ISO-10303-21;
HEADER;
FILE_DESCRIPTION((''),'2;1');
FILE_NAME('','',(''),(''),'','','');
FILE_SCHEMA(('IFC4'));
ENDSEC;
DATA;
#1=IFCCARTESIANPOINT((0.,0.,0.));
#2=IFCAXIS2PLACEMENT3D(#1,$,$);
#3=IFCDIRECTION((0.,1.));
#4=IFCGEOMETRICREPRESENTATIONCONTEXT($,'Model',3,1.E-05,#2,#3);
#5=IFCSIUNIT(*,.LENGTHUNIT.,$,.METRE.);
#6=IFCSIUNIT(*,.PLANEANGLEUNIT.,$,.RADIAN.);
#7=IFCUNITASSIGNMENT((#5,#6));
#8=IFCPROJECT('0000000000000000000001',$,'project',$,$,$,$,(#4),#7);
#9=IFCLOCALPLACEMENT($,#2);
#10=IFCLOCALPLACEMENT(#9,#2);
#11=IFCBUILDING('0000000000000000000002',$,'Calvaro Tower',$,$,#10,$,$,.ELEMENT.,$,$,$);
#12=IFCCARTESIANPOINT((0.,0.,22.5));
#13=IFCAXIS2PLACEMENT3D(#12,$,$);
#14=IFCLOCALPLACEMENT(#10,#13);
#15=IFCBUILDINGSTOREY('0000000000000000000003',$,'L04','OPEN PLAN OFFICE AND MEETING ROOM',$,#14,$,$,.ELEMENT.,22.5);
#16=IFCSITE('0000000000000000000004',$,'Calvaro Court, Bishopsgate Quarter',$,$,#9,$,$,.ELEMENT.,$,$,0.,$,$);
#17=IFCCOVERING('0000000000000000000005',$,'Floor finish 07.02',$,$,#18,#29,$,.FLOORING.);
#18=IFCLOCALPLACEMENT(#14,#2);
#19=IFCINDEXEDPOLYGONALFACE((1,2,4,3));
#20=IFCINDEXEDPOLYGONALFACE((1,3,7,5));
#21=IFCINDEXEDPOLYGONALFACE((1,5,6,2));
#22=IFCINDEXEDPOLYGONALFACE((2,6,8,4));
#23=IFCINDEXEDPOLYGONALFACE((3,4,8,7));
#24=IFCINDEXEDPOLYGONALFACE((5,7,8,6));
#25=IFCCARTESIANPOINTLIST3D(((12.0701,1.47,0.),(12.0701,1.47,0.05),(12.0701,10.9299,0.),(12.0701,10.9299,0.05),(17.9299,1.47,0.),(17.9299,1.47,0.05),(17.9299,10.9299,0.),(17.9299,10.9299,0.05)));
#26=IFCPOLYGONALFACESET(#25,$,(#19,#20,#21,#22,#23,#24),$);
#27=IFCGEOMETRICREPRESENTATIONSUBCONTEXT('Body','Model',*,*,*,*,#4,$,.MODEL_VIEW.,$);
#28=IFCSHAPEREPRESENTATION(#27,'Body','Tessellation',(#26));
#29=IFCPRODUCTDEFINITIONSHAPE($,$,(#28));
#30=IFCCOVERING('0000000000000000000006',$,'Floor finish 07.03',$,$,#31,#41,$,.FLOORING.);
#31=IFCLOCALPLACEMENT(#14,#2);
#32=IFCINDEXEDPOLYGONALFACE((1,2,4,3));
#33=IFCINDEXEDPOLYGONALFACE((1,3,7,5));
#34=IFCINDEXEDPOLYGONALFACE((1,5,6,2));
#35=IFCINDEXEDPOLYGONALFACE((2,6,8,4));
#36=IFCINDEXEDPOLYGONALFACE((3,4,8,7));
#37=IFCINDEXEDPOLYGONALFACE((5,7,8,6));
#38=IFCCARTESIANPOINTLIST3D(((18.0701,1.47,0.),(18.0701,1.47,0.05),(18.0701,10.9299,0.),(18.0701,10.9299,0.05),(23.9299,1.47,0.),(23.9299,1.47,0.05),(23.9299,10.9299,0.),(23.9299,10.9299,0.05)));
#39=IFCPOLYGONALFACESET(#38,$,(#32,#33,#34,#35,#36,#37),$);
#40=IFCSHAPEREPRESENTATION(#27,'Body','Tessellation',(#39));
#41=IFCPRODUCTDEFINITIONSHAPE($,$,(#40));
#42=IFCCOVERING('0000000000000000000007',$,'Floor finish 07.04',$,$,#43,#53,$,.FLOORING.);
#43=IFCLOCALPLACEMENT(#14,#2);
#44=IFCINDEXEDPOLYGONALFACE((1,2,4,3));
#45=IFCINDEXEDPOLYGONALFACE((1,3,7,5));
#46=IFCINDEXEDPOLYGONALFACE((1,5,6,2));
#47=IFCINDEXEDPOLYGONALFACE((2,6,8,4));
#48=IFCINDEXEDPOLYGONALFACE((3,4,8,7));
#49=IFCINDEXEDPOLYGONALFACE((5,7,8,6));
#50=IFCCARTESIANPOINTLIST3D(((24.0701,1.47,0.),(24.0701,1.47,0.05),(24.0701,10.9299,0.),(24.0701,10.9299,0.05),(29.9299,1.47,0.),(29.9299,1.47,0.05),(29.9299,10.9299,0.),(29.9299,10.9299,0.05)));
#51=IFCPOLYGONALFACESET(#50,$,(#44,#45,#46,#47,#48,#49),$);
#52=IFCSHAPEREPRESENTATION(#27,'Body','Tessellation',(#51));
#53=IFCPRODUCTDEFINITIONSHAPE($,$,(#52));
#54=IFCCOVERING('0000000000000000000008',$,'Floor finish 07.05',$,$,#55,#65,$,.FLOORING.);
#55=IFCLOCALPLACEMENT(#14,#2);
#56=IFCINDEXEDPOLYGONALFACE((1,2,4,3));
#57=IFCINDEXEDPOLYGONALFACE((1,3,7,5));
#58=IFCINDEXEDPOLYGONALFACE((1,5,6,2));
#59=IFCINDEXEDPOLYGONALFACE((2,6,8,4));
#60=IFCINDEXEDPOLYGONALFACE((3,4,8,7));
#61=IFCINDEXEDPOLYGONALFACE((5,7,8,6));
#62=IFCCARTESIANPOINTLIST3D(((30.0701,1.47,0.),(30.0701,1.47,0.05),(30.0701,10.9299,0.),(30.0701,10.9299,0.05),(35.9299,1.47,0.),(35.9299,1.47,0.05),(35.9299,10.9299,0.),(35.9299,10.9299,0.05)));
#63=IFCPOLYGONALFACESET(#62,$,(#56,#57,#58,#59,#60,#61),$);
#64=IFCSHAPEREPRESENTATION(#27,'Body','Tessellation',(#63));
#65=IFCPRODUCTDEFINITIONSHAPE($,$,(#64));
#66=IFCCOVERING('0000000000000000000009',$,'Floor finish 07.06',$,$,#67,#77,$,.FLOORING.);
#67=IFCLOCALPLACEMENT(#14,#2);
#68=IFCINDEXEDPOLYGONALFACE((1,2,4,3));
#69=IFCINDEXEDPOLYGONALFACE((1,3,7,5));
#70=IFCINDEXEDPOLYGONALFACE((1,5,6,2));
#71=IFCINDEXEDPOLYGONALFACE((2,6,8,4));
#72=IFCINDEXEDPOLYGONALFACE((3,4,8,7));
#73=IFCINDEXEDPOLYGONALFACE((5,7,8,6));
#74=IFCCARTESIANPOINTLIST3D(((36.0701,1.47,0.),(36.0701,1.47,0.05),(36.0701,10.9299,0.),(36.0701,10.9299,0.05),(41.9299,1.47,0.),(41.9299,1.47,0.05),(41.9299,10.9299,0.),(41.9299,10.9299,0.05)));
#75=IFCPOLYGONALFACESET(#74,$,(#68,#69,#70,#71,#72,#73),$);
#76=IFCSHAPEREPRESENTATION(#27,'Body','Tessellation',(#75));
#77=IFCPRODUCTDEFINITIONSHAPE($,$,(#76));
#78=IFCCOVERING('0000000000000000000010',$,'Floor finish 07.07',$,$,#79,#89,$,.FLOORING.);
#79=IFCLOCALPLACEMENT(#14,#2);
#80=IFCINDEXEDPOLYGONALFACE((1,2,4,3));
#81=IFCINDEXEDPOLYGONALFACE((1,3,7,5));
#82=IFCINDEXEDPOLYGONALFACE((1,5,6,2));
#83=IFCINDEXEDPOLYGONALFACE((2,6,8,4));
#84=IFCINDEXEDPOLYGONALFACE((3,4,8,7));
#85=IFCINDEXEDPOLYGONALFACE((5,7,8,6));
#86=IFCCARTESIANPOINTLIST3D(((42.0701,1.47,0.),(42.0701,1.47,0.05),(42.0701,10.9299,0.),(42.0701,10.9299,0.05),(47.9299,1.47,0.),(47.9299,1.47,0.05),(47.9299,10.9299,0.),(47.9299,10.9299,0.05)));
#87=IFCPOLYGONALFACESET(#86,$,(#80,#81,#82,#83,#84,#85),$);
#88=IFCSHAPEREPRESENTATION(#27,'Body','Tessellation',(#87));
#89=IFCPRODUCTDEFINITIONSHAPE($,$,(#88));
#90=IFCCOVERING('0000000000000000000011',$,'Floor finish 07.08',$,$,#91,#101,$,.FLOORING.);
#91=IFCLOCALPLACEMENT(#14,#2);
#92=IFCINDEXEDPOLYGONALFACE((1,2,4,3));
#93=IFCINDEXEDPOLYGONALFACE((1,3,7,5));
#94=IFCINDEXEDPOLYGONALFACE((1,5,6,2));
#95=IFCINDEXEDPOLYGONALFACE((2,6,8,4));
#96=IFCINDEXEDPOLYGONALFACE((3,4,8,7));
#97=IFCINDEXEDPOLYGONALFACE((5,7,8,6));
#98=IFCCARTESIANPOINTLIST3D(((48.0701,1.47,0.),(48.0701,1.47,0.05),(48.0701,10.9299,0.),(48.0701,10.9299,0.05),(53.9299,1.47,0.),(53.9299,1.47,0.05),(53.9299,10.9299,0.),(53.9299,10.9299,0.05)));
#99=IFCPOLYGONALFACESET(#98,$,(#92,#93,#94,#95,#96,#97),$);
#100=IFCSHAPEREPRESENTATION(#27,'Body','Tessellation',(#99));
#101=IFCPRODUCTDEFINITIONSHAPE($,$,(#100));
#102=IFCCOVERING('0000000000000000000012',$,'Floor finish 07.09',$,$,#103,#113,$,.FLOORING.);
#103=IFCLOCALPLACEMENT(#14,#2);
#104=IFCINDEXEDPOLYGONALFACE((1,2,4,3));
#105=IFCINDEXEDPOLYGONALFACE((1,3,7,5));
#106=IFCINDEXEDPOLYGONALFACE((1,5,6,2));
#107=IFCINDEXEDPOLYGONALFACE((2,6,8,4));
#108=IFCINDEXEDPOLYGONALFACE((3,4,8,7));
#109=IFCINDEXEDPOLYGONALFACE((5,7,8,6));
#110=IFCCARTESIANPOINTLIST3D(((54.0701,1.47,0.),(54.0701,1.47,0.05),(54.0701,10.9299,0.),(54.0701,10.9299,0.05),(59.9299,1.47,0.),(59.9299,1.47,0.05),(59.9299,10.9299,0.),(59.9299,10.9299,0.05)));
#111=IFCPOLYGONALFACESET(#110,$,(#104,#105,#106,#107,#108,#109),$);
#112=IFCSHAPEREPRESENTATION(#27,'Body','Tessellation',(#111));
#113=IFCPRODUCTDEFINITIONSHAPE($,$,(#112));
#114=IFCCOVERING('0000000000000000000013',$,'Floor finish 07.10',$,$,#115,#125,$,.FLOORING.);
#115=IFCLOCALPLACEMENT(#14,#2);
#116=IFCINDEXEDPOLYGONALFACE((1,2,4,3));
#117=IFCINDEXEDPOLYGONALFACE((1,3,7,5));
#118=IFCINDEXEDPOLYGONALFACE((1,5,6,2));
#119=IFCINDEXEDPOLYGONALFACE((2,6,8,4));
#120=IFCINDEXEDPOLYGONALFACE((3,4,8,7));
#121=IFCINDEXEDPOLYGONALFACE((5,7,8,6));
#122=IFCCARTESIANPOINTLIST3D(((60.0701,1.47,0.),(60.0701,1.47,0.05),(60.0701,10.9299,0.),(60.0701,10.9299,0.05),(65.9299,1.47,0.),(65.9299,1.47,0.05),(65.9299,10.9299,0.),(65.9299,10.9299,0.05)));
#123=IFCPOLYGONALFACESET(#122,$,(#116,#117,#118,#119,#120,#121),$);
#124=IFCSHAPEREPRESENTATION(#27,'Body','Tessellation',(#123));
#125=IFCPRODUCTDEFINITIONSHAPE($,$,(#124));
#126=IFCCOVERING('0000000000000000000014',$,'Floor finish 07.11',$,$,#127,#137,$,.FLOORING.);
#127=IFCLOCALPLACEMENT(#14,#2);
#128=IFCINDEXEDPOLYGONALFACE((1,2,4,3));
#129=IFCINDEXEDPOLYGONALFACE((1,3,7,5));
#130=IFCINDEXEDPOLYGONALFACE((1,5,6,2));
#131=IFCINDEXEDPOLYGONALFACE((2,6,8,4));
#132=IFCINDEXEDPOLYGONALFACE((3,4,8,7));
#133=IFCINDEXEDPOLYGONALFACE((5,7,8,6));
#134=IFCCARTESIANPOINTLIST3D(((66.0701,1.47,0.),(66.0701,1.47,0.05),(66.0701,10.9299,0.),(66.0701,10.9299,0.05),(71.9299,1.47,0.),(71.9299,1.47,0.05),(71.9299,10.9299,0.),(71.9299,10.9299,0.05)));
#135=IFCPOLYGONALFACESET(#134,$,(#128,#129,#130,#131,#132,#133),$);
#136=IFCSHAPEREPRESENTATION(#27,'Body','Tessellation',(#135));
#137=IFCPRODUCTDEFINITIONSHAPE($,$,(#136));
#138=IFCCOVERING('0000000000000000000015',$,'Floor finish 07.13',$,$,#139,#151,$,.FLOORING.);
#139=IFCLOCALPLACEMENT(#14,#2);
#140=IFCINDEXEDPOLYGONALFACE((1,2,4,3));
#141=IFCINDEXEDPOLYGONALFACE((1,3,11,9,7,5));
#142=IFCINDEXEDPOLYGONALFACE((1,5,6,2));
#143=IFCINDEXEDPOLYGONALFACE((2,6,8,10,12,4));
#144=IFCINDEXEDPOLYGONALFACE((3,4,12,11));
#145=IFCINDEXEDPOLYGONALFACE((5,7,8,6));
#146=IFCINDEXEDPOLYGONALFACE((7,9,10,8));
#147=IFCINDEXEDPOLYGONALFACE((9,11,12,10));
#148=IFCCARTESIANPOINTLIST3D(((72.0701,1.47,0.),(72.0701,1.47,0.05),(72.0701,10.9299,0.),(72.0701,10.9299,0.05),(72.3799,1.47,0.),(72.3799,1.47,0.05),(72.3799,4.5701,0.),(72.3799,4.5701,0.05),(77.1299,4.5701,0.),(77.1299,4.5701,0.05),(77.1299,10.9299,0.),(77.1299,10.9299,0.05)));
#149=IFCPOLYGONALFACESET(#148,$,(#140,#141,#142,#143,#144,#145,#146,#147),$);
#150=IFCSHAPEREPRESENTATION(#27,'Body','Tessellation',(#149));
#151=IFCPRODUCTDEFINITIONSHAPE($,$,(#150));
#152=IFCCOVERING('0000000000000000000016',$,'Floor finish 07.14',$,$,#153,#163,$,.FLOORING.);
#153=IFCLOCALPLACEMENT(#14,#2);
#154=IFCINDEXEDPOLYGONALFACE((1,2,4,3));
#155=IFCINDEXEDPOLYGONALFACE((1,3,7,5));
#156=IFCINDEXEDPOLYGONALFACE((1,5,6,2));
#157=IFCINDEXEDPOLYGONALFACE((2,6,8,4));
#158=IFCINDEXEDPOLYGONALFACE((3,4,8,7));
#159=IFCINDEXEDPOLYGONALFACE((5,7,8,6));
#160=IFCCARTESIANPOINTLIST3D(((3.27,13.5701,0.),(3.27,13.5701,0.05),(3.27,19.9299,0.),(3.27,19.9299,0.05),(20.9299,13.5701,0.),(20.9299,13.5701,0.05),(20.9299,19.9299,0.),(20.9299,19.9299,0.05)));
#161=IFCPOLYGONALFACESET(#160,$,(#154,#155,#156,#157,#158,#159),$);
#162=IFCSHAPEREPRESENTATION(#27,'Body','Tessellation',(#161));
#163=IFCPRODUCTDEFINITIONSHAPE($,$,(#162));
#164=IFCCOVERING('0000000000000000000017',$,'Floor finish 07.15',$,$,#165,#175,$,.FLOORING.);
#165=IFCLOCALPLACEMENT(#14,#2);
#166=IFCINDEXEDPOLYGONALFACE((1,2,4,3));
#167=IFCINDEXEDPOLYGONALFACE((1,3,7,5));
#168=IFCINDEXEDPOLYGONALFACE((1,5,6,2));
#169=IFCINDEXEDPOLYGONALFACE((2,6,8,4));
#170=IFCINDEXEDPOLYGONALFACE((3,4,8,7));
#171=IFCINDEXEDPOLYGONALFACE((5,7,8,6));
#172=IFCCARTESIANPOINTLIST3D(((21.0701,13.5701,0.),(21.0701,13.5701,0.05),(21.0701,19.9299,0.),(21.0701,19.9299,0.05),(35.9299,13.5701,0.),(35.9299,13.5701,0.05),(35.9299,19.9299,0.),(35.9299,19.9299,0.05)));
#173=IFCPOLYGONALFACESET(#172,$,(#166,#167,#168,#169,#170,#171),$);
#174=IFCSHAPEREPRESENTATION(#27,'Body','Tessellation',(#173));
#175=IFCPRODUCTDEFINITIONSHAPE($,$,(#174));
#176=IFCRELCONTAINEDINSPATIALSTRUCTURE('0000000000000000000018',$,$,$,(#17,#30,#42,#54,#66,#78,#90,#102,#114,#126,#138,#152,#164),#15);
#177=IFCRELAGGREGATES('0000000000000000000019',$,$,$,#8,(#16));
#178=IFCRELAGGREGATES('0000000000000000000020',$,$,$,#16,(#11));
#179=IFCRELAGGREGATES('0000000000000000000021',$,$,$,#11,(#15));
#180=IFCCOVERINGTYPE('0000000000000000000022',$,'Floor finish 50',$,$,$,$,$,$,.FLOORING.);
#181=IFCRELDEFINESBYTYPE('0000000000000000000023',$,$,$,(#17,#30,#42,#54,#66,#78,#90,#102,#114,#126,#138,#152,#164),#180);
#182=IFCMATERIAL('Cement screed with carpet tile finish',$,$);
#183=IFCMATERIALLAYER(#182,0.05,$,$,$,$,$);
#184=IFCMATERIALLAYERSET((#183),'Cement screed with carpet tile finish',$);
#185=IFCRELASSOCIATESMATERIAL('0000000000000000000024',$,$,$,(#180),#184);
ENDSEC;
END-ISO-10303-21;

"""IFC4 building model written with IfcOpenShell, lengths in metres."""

from ifc_helpers import new_model, si_unit, direction, frame, origin, place, context, subcontext, project, spatial, polyline, outline, extrude, material, layer, layer_set, type_object, element, save


model = new_model("IFC4")

# Units and contexts
model_context = context("Model", 3, precision=1e-05, world=origin(), true_north=direction((0.0, 1.0)))
body_context = subcontext(model_context, "Body", "Model", "MODEL_VIEW")
ifc_project = project(units=[si_unit("LENGTHUNIT", "METRE"), si_unit("PLANEANGLEUNIT", "RADIAN")], contexts=[model_context])

# Site, building, storey
site_placement = place(None, origin())
site = spatial("IfcSite", under=ifc_project, at=site_placement, Name="Calvaro Court, Bishopsgate Quarter", CompositionType="ELEMENT", RefElevation=0.0)
building_placement = place(site_placement, origin())
building = spatial("IfcBuilding", under=site, at=building_placement, Name="Calvaro Tower", CompositionType="ELEMENT")
storey_placement = place(building_placement, frame((0.0, 0.0, 22.5)))
storey = spatial("IfcBuildingStorey", under=building, at=storey_placement, Name="L04", Description="OPEN PLAN OFFICE AND MEETING ROOM", CompositionType="ELEMENT", Elevation=22.5)

# Coverings
ifc_material_1 = material(Name="Cement screed with carpet tile finish")
ifc_layer_1 = layer(ifc_material_1, 0.05)
ifc_layer_set_1 = layer_set([ifc_layer_1], Name="Cement screed with carpet tile finish")
covering_type = type_object("IfcCoveringType", Name="Floor finish 50", PredefinedType="FLOORING", material=ifc_layer_set_1)
covering_1_placement = place(storey_placement, origin())
element("IfcCovering", 1, at=covering_1_placement, inside=storey, type_object=covering_type, Name="Floor finish 07.02", PredefinedType="FLOORING", context=body_context, shape_type="SweptSolid", body=[
    extrude(outline(polyline([(12.0701, 10.9299), (17.9299, 10.9299), (17.9299, 1.47), (12.0701, 1.47), (12.0701, 10.9299)])), origin(), (0.0, 0.0, 1.0), 0.05),
])
covering_2_placement = place(storey_placement, origin())
element("IfcCovering", 2, at=covering_2_placement, inside=storey, type_object=covering_type, Name="Floor finish 07.03", PredefinedType="FLOORING", context=body_context, shape_type="SweptSolid", body=[
    extrude(outline(polyline([(18.0701, 10.9299), (23.9299, 10.9299), (23.9299, 1.47), (18.0701, 1.47), (18.0701, 10.9299)])), origin(), (0.0, 0.0, 1.0), 0.05),
])
covering_3_placement = place(storey_placement, origin())
element("IfcCovering", 3, at=covering_3_placement, inside=storey, type_object=covering_type, Name="Floor finish 07.04", PredefinedType="FLOORING", context=body_context, shape_type="SweptSolid", body=[
    extrude(outline(polyline([(24.0701, 10.9299), (29.9299, 10.9299), (29.9299, 1.47), (24.0701, 1.47), (24.0701, 10.9299)])), origin(), (0.0, 0.0, 1.0), 0.05),
])
covering_4_placement = place(storey_placement, origin())
element("IfcCovering", 4, at=covering_4_placement, inside=storey, type_object=covering_type, Name="Floor finish 07.05", PredefinedType="FLOORING", context=body_context, shape_type="SweptSolid", body=[
    extrude(outline(polyline([(30.0701, 10.9299), (35.9299, 10.9299), (35.9299, 1.47), (30.0701, 1.47), (30.0701, 10.9299)])), origin(), (0.0, 0.0, 1.0), 0.05),
])
covering_5_placement = place(storey_placement, origin())
element("IfcCovering", 5, at=covering_5_placement, inside=storey, type_object=covering_type, Name="Floor finish 07.06", PredefinedType="FLOORING", context=body_context, shape_type="SweptSolid", body=[
    extrude(outline(polyline([(36.0701, 10.9299), (41.9299, 10.9299), (41.9299, 1.47), (36.0701, 1.47), (36.0701, 10.9299)])), origin(), (0.0, 0.0, 1.0), 0.05),
])
covering_6_placement = place(storey_placement, origin())
element("IfcCovering", 6, at=covering_6_placement, inside=storey, type_object=covering_type, Name="Floor finish 07.07", PredefinedType="FLOORING", context=body_context, shape_type="SweptSolid", body=[
    extrude(outline(polyline([(42.0701, 10.9299), (47.9299, 10.9299), (47.9299, 1.47), (42.0701, 1.47), (42.0701, 10.9299)])), origin(), (0.0, 0.0, 1.0), 0.05),
])
covering_7_placement = place(storey_placement, origin())
element("IfcCovering", 7, at=covering_7_placement, inside=storey, type_object=covering_type, Name="Floor finish 07.08", PredefinedType="FLOORING", context=body_context, shape_type="SweptSolid", body=[
    extrude(outline(polyline([(48.0701, 10.9299), (53.9299, 10.9299), (53.9299, 1.47), (48.0701, 1.47), (48.0701, 10.9299)])), origin(), (0.0, 0.0, 1.0), 0.05),
])
covering_8_placement = place(storey_placement, origin())
element("IfcCovering", 8, at=covering_8_placement, inside=storey, type_object=covering_type, Name="Floor finish 07.09", PredefinedType="FLOORING", context=body_context, shape_type="SweptSolid", body=[
    extrude(outline(polyline([(54.0701, 10.9299), (59.9299, 10.9299), (59.9299, 1.47), (54.0701, 1.47), (54.0701, 10.9299)])), origin(), (0.0, 0.0, 1.0), 0.05),
])
covering_9_placement = place(storey_placement, origin())
element("IfcCovering", 9, at=covering_9_placement, inside=storey, type_object=covering_type, Name="Floor finish 07.10", PredefinedType="FLOORING", context=body_context, shape_type="SweptSolid", body=[
    extrude(outline(polyline([(60.0701, 10.9299), (65.9299, 10.9299), (65.9299, 1.47), (60.0701, 1.47), (60.0701, 10.9299)])), origin(), (0.0, 0.0, 1.0), 0.05),
])
covering_10_placement = place(storey_placement, origin())
element("IfcCovering", 10, at=covering_10_placement, inside=storey, type_object=covering_type, Name="Floor finish 07.11", PredefinedType="FLOORING", context=body_context, shape_type="SweptSolid", body=[
    extrude(outline(polyline([(66.0701, 10.9299), (71.9299, 10.9299), (71.9299, 1.47), (66.0701, 1.47), (66.0701, 10.9299)])), origin(), (0.0, 0.0, 1.0), 0.05),
])
covering_11_placement = place(storey_placement, origin())
element("IfcCovering", 11, at=covering_11_placement, inside=storey, type_object=covering_type, Name="Floor finish 07.13", PredefinedType="FLOORING", context=body_context, shape_type="SweptSolid", body=[
    extrude(outline(polyline([(77.1299, 4.5701), (72.3799, 4.5701), (72.3799, 1.47), (72.0701, 1.47), (72.0701, 10.9299), (77.1299, 10.9299), (77.1299, 4.5701)])), origin(), (0.0, 0.0, 1.0), 0.05),
])
covering_12_placement = place(storey_placement, origin())
element("IfcCovering", 12, at=covering_12_placement, inside=storey, type_object=covering_type, Name="Floor finish 07.14", PredefinedType="FLOORING", context=body_context, shape_type="SweptSolid", body=[
    extrude(outline(polyline([(3.27, 13.5701), (3.27, 19.9299), (20.9299, 19.9299), (20.9299, 13.5701), (3.27, 13.5701)])), origin(), (0.0, 0.0, 1.0), 0.05),
])
covering_13_placement = place(storey_placement, origin())
element("IfcCovering", 13, at=covering_13_placement, inside=storey, type_object=covering_type, Name="Floor finish 07.15", PredefinedType="FLOORING", context=body_context, shape_type="SweptSolid", body=[
    extrude(outline(polyline([(21.0701, 13.5701), (21.0701, 19.9299), (35.9299, 19.9299), (35.9299, 13.5701), (21.0701, 13.5701)])), origin(), (0.0, 0.0, 1.0), 0.05),
])

save(model, "model.ifc")
